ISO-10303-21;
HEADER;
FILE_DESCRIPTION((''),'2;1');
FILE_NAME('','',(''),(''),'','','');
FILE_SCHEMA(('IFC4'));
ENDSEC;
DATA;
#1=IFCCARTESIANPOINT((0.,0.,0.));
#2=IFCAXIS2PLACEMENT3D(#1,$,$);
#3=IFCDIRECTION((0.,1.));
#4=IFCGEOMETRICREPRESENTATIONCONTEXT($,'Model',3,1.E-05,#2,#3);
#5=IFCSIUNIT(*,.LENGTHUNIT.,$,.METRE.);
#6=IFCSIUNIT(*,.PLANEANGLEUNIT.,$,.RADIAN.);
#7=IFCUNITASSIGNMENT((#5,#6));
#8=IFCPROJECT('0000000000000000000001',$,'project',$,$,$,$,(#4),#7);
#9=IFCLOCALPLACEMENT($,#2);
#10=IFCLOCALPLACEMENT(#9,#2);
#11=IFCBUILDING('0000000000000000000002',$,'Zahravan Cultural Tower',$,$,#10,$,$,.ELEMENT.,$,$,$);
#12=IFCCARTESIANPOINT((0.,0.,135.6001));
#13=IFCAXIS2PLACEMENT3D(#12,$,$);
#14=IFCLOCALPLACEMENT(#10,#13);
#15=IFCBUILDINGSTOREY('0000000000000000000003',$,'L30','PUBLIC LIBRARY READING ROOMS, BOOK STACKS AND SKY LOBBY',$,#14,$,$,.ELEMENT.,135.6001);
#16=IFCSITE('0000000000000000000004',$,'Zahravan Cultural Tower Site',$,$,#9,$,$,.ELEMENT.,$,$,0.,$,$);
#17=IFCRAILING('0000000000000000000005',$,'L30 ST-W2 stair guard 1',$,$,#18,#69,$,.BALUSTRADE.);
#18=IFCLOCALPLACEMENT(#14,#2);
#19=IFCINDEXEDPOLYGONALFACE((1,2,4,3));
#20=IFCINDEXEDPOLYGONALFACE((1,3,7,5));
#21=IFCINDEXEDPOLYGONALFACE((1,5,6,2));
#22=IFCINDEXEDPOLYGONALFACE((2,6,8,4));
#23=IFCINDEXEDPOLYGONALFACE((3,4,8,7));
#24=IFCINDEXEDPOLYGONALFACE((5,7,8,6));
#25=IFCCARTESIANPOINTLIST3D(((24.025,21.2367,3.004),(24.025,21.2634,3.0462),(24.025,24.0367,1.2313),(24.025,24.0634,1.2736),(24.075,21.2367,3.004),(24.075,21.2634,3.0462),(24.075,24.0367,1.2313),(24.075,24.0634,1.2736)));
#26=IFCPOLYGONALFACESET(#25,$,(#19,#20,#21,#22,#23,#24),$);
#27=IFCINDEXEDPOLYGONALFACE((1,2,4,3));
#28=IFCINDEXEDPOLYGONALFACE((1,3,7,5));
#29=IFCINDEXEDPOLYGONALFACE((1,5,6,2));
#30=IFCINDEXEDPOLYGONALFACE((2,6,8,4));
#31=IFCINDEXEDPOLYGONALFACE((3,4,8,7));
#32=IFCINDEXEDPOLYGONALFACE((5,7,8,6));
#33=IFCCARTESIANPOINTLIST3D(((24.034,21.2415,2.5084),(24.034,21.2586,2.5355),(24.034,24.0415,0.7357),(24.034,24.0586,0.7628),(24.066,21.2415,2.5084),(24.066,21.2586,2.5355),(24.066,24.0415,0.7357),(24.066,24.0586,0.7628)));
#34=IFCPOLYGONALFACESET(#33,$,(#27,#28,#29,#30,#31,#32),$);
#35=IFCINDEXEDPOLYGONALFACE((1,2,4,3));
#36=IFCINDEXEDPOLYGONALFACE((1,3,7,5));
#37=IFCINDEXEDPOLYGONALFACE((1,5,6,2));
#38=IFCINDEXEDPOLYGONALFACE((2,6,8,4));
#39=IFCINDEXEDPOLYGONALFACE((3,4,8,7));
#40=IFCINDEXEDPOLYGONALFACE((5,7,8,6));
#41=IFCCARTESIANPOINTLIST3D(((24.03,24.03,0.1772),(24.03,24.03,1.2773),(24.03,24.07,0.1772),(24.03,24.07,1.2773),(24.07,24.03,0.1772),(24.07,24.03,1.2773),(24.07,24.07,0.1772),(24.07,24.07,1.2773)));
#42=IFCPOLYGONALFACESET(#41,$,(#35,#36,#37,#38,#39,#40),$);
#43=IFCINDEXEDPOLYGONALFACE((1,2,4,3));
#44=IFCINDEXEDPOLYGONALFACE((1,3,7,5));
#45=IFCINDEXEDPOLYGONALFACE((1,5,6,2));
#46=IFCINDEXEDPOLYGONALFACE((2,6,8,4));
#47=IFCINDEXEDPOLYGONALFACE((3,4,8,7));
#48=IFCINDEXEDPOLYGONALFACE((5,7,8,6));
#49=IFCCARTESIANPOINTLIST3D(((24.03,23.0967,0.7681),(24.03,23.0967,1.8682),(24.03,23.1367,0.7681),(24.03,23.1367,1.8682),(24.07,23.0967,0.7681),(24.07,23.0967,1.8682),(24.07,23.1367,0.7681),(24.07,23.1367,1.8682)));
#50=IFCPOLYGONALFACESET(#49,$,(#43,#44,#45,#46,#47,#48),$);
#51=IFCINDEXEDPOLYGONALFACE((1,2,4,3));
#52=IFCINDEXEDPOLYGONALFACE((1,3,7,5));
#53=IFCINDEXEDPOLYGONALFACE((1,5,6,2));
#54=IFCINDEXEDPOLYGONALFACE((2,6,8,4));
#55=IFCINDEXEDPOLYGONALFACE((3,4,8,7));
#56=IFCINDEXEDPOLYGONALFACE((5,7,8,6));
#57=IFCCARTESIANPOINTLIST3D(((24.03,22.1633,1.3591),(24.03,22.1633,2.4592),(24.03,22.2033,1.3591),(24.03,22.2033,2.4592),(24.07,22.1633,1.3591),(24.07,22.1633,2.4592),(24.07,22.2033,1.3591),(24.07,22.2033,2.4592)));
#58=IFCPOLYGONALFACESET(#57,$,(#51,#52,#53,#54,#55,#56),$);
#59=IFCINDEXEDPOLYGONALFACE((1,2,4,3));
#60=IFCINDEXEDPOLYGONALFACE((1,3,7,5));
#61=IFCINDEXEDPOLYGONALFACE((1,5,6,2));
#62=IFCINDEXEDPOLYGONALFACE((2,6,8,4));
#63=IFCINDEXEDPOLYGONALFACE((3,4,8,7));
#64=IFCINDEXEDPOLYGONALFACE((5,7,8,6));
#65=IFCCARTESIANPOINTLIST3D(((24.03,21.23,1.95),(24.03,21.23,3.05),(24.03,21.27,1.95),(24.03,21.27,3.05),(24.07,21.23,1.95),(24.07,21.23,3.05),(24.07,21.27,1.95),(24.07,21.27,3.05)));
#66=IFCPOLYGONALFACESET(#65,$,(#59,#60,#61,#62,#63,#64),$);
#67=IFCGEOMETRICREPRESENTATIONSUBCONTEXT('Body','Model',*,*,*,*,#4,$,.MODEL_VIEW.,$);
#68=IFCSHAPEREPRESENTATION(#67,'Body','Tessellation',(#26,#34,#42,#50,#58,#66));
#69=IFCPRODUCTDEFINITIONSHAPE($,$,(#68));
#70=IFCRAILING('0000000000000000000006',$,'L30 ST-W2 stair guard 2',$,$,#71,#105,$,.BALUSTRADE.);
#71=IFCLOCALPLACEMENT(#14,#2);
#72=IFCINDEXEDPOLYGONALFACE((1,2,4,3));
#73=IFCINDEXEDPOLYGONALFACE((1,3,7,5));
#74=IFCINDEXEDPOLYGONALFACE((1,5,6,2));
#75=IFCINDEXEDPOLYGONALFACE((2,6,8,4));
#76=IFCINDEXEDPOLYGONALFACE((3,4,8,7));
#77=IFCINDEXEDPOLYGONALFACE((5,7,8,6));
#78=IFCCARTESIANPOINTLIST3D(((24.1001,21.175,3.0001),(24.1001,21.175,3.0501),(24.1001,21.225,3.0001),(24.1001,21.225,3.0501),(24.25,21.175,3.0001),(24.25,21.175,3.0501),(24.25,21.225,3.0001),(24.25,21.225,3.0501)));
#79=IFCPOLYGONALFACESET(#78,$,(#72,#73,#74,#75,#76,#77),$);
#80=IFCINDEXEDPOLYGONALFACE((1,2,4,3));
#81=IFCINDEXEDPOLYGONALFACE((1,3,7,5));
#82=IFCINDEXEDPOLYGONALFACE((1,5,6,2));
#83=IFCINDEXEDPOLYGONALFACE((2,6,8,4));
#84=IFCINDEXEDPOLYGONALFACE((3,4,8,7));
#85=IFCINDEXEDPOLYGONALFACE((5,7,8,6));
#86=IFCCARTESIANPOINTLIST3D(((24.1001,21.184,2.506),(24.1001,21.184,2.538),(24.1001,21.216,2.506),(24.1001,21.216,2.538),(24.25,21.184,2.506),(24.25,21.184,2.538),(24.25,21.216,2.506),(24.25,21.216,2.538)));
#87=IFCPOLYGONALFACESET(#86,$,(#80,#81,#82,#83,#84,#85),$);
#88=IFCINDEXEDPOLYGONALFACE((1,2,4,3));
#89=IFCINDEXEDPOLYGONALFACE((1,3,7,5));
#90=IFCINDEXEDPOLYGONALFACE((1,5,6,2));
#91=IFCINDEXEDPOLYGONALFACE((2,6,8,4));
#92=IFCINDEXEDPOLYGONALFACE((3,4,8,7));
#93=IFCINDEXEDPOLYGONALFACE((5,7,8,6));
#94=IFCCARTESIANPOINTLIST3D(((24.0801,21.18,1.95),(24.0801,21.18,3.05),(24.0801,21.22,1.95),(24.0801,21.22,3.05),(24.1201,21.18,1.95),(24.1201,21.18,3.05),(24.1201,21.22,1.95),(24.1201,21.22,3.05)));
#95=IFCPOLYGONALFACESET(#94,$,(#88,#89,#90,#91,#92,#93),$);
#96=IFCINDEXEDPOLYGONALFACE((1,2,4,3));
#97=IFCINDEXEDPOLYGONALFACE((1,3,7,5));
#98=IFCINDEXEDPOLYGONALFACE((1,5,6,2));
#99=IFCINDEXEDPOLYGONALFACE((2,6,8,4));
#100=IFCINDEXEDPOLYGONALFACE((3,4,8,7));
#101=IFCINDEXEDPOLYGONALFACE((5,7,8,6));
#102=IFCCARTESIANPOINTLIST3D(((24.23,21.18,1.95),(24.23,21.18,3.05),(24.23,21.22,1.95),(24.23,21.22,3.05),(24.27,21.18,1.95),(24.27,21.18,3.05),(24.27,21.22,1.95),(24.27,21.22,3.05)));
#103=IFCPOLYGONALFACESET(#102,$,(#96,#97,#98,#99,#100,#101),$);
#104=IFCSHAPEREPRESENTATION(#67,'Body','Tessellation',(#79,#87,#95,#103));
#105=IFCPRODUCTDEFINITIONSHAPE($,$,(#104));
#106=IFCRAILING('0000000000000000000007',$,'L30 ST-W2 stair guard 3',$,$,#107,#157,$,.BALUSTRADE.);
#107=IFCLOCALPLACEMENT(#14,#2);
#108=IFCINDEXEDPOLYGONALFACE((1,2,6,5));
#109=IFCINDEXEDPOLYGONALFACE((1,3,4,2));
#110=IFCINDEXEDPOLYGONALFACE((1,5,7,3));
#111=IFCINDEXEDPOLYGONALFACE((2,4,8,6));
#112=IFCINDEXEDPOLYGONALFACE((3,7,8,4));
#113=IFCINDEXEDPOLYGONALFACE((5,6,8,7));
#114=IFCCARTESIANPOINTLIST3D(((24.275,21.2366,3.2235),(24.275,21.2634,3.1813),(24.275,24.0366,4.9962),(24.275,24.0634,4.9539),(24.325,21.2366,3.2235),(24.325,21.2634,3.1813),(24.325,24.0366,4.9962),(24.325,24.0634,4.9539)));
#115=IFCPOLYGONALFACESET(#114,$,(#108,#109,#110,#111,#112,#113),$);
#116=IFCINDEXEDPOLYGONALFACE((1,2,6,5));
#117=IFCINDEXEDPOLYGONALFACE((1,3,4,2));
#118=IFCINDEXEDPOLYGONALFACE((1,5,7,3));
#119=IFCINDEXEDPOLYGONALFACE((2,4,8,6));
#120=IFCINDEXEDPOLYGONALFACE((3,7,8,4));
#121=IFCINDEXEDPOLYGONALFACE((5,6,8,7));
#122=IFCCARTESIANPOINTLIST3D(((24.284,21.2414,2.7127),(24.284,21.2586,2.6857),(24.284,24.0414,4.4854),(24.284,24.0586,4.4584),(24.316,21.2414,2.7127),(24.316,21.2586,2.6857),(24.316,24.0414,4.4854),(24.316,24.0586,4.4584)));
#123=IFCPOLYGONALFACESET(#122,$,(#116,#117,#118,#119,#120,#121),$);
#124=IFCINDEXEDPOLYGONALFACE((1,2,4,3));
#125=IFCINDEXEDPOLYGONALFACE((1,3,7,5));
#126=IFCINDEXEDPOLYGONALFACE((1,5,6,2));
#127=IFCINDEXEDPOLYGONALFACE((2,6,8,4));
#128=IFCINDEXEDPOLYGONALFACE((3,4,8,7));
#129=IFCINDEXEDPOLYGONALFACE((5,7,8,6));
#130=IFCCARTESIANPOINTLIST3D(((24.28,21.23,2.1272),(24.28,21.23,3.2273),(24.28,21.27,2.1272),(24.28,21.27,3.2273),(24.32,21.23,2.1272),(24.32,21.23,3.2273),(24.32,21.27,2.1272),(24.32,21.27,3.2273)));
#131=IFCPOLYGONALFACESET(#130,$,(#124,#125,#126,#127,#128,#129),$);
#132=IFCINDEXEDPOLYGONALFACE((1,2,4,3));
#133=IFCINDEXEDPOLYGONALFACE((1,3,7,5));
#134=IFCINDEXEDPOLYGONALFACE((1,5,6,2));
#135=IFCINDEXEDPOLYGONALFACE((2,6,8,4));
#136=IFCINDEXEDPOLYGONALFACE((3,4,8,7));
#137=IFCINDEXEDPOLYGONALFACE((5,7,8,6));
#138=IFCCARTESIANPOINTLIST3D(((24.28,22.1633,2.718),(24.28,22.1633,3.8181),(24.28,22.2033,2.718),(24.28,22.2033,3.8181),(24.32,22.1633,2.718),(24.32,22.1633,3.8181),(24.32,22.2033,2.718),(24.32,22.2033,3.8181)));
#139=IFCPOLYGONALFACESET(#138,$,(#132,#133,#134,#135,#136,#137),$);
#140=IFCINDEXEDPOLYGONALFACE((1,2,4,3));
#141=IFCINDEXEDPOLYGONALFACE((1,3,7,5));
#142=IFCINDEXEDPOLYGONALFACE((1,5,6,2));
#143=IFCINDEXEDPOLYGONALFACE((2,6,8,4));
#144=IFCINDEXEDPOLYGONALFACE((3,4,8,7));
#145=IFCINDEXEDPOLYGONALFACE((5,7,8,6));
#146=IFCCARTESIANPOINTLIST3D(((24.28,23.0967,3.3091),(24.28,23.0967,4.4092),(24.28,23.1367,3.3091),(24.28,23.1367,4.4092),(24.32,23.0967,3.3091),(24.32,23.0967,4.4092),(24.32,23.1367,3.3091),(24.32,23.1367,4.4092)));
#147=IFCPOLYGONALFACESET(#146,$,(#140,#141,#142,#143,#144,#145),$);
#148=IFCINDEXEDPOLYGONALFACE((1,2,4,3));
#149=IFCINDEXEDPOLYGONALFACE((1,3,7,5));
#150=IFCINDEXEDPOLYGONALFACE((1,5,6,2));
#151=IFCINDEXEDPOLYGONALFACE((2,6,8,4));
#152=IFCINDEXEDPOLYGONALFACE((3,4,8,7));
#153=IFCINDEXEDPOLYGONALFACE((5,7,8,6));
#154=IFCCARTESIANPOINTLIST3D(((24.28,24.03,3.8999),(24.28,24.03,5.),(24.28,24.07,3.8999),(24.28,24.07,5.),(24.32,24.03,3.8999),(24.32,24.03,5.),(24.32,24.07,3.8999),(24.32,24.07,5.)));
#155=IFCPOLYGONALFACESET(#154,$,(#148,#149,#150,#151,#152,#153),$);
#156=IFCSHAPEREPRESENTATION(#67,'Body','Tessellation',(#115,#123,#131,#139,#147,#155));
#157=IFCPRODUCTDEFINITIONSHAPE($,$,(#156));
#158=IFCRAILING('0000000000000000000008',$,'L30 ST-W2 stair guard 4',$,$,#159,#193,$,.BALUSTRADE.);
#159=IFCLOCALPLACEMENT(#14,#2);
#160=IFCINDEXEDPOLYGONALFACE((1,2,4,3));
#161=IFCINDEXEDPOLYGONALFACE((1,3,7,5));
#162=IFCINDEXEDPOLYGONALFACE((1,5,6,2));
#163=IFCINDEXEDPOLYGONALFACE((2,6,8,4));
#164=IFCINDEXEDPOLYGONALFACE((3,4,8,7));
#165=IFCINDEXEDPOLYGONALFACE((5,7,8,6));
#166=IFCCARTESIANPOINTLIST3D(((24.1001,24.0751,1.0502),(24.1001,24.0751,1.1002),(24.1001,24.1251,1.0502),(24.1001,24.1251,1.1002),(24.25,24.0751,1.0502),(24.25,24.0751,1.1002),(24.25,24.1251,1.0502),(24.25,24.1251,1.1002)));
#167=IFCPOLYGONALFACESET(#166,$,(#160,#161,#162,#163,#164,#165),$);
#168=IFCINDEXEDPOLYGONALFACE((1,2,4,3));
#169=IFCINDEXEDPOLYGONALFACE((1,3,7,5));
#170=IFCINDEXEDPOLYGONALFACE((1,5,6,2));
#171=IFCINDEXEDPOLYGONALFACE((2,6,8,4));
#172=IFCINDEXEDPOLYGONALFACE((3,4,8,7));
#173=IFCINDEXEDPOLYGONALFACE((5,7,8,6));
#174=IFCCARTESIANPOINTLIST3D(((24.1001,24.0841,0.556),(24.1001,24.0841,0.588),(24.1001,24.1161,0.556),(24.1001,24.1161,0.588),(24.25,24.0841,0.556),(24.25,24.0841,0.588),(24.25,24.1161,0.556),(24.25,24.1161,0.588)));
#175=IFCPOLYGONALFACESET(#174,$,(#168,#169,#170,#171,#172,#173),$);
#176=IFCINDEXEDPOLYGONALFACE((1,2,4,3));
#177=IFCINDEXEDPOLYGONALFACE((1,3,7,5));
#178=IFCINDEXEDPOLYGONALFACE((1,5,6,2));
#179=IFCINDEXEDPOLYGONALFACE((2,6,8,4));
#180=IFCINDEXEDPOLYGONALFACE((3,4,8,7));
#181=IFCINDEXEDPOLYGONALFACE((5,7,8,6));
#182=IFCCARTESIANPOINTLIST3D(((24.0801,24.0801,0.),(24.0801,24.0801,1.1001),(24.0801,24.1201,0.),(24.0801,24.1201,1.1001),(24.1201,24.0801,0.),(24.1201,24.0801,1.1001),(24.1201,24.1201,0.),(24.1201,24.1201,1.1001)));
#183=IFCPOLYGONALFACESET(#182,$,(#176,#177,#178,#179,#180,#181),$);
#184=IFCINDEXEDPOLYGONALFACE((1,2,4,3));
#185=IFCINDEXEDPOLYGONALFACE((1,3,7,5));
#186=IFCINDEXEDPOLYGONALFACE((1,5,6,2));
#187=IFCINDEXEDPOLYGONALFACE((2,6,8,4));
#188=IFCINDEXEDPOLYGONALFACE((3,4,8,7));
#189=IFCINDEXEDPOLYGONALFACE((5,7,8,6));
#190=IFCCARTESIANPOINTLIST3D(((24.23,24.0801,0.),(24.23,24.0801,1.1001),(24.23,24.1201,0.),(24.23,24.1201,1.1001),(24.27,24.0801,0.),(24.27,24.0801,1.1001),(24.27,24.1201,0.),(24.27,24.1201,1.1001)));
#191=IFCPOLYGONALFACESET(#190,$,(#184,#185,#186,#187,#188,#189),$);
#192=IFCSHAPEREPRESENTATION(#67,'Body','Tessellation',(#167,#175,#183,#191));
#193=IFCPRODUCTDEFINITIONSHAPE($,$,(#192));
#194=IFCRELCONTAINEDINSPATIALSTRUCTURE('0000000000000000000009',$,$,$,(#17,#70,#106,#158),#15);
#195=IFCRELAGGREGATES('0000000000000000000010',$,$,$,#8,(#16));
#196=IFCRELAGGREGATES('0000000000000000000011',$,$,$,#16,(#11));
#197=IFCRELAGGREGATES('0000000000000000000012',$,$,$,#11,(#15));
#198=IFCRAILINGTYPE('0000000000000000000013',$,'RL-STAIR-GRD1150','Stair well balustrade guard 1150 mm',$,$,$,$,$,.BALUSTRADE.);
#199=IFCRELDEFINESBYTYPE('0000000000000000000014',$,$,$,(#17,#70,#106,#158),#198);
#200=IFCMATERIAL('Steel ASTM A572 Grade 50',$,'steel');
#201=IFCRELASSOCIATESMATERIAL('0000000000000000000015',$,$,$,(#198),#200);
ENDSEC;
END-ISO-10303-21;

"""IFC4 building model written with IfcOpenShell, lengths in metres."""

from ifc_helpers import new_model, si_unit, direction, frame, origin, origin_2d, place, context, subcontext, project, spatial, rectangle, extrude, material, type_object, element, save


model = new_model("IFC4")

# Units and contexts
model_context = context("Model", 3, precision=1e-05, world=origin(), true_north=direction((0.0, 1.0)))
body_context = subcontext(model_context, "Body", "Model", "MODEL_VIEW")
ifc_project = project(units=[si_unit("LENGTHUNIT", "METRE"), si_unit("PLANEANGLEUNIT", "RADIAN")], contexts=[model_context])

# Site, building, storey
site_placement = place(None, origin())
site = spatial("IfcSite", under=ifc_project, at=site_placement, Name="Zahravan Cultural Tower Site", CompositionType="ELEMENT", RefElevation=0.0)
building_placement = place(site_placement, origin())
building = spatial("IfcBuilding", under=site, at=building_placement, Name="Zahravan Cultural Tower", CompositionType="ELEMENT")
storey_placement = place(building_placement, frame((0.0, 0.0, 135.6001)))
storey = spatial("IfcBuildingStorey", under=building, at=storey_placement, Name="L30", Description="PUBLIC LIBRARY READING ROOMS, BOOK STACKS AND SKY LOBBY", CompositionType="ELEMENT", Elevation=135.6001)

# Shared definitions
ifc_material_1 = material(Name="Steel ASTM A572 Grade 50", Category="steel")

# Railings
railing_type_1 = type_object("IfcRailingType", Name="RL-STAIR-GRD1150", Description="Stair well balustrade guard 1150 mm", PredefinedType="BALUSTRADE", material=ifc_material_1)
railing_1_placement = place(storey_placement, frame((24.05, 24.05, 0.1772)))
element("IfcRailing", 1, at=railing_1_placement, inside=storey, type_object=railing_type_1, Name="L30 ST-W2 stair guard 1", PredefinedType="BALUSTRADE", context=body_context, shape_type="SweptSolid", body=[
    extrude(rectangle(XDim=0.05, YDim=0.05, at=origin_2d()), frame((0.0, 0.0, 1.0752), z_axis=(0.0, -0.844909, 0.53491), x_axis=(1.0, 0.0, 0.0)), (0.0, 0.0, 1.0), 3.314),
    extrude(rectangle(XDim=0.032, YDim=0.032, at=origin_2d()), frame((0.0, 0.0, 0.572), z_axis=(0.0, -0.844909, 0.53491), x_axis=(1.0, 0.0, 0.0)), (0.0, 0.0, 1.0), 3.314),
    extrude(rectangle(XDim=0.04, YDim=0.04, at=origin_2d()), origin(), (0.0, 0.0, 1.0), 1.1001),
    extrude(rectangle(XDim=0.04, YDim=0.04, at=origin_2d()), frame((0.0, -0.9333, 0.5908)), (0.0, 0.0, 1.0), 1.1001),
    extrude(rectangle(XDim=0.04, YDim=0.04, at=origin_2d()), frame((0.0, -1.8667, 1.1819)), (0.0, 0.0, 1.0), 1.1001),
    extrude(rectangle(XDim=0.04, YDim=0.04, at=origin_2d()), frame((0.0, -2.8, 1.7727)), (0.0, 0.0, 1.0), 1.1001),
])
railing_2_placement = place(storey_placement, frame((24.1001, 21.2, 1.95)))
element("IfcRailing", 2, at=railing_2_placement, inside=storey, type_object=railing_type_1, Name="L30 ST-W2 stair guard 2", PredefinedType="BALUSTRADE", context=body_context, shape_type="SweptSolid", body=[
    extrude(rectangle(XDim=0.05, YDim=0.05, at=origin_2d()), frame((0.0, 0.0, 1.0752), z_axis=(1.0, 0.0, 0.0), x_axis=(0.0, 1.0, 0.0)), (0.0, 0.0, 1.0), 0.1499),
    extrude(rectangle(XDim=0.032, YDim=0.032, at=origin_2d()), frame((0.0, 0.0, 0.572), z_axis=(1.0, 0.0, 0.0), x_axis=(0.0, 1.0, 0.0)), (0.0, 0.0, 1.0), 0.1499),
    extrude(rectangle(XDim=0.04, YDim=0.04, at=origin_2d()), origin(), (0.0, 0.0, 1.0), 1.1001),
    extrude(rectangle(XDim=0.04, YDim=0.04, at=origin_2d()), frame((0.1499, 0.0, 0.0)), (0.0, 0.0, 1.0), 1.1001),
])
railing_3_placement = place(storey_placement, frame((24.3, 21.25, 2.1272)))
element("IfcRailing", 3, at=railing_3_placement, inside=storey, type_object=railing_type_1, Name="L30 ST-W2 stair guard 3", PredefinedType="BALUSTRADE", context=body_context, shape_type="SweptSolid", body=[
    extrude(rectangle(XDim=0.05, YDim=0.05, at=origin_2d()), frame((0.0, 0.0, 1.0752), z_axis=(0.0, 0.844909, 0.53491), x_axis=(-1.0, 0.0, 0.0)), (0.0, 0.0, 1.0), 3.314),
    extrude(rectangle(XDim=0.032, YDim=0.032, at=origin_2d()), frame((0.0, 0.0, 0.572), z_axis=(0.0, 0.844909, 0.53491), x_axis=(-1.0, 0.0, 0.0)), (0.0, 0.0, 1.0), 3.314),
    extrude(rectangle(XDim=0.04, YDim=0.04, at=origin_2d()), origin(), (0.0, 0.0, 1.0), 1.1001),
    extrude(rectangle(XDim=0.04, YDim=0.04, at=origin_2d()), frame((0.0, 0.9333, 0.5908)), (0.0, 0.0, 1.0), 1.1001),
    extrude(rectangle(XDim=0.04, YDim=0.04, at=origin_2d()), frame((0.0, 1.8667, 1.1819)), (0.0, 0.0, 1.0), 1.1001),
    extrude(rectangle(XDim=0.04, YDim=0.04, at=origin_2d()), frame((0.0, 2.8, 1.7727)), (0.0, 0.0, 1.0), 1.1001),
])
railing_4_placement = place(storey_placement, frame((24.1001, 24.1001, 0.0)))
element("IfcRailing", 4, at=railing_4_placement, inside=storey, type_object=railing_type_1, Name="L30 ST-W2 stair guard 4", PredefinedType="BALUSTRADE", context=body_context, shape_type="SweptSolid", body=[
    extrude(rectangle(XDim=0.05, YDim=0.05, at=origin_2d()), frame((0.0, 0.0, 1.0752), z_axis=(1.0, 0.0, 0.0), x_axis=(0.0, 1.0, 0.0)), (0.0, 0.0, 1.0), 0.1499),
    extrude(rectangle(XDim=0.032, YDim=0.032, at=origin_2d()), frame((0.0, 0.0, 0.572), z_axis=(1.0, 0.0, 0.0), x_axis=(0.0, 1.0, 0.0)), (0.0, 0.0, 1.0), 0.1499),
    extrude(rectangle(XDim=0.04, YDim=0.04, at=origin_2d()), origin(), (0.0, 0.0, 1.0), 1.1001),
    extrude(rectangle(XDim=0.04, YDim=0.04, at=origin_2d()), frame((0.1499, 0.0, 0.0)), (0.0, 0.0, 1.0), 1.1001),
])

save(model, "model.ifc")
